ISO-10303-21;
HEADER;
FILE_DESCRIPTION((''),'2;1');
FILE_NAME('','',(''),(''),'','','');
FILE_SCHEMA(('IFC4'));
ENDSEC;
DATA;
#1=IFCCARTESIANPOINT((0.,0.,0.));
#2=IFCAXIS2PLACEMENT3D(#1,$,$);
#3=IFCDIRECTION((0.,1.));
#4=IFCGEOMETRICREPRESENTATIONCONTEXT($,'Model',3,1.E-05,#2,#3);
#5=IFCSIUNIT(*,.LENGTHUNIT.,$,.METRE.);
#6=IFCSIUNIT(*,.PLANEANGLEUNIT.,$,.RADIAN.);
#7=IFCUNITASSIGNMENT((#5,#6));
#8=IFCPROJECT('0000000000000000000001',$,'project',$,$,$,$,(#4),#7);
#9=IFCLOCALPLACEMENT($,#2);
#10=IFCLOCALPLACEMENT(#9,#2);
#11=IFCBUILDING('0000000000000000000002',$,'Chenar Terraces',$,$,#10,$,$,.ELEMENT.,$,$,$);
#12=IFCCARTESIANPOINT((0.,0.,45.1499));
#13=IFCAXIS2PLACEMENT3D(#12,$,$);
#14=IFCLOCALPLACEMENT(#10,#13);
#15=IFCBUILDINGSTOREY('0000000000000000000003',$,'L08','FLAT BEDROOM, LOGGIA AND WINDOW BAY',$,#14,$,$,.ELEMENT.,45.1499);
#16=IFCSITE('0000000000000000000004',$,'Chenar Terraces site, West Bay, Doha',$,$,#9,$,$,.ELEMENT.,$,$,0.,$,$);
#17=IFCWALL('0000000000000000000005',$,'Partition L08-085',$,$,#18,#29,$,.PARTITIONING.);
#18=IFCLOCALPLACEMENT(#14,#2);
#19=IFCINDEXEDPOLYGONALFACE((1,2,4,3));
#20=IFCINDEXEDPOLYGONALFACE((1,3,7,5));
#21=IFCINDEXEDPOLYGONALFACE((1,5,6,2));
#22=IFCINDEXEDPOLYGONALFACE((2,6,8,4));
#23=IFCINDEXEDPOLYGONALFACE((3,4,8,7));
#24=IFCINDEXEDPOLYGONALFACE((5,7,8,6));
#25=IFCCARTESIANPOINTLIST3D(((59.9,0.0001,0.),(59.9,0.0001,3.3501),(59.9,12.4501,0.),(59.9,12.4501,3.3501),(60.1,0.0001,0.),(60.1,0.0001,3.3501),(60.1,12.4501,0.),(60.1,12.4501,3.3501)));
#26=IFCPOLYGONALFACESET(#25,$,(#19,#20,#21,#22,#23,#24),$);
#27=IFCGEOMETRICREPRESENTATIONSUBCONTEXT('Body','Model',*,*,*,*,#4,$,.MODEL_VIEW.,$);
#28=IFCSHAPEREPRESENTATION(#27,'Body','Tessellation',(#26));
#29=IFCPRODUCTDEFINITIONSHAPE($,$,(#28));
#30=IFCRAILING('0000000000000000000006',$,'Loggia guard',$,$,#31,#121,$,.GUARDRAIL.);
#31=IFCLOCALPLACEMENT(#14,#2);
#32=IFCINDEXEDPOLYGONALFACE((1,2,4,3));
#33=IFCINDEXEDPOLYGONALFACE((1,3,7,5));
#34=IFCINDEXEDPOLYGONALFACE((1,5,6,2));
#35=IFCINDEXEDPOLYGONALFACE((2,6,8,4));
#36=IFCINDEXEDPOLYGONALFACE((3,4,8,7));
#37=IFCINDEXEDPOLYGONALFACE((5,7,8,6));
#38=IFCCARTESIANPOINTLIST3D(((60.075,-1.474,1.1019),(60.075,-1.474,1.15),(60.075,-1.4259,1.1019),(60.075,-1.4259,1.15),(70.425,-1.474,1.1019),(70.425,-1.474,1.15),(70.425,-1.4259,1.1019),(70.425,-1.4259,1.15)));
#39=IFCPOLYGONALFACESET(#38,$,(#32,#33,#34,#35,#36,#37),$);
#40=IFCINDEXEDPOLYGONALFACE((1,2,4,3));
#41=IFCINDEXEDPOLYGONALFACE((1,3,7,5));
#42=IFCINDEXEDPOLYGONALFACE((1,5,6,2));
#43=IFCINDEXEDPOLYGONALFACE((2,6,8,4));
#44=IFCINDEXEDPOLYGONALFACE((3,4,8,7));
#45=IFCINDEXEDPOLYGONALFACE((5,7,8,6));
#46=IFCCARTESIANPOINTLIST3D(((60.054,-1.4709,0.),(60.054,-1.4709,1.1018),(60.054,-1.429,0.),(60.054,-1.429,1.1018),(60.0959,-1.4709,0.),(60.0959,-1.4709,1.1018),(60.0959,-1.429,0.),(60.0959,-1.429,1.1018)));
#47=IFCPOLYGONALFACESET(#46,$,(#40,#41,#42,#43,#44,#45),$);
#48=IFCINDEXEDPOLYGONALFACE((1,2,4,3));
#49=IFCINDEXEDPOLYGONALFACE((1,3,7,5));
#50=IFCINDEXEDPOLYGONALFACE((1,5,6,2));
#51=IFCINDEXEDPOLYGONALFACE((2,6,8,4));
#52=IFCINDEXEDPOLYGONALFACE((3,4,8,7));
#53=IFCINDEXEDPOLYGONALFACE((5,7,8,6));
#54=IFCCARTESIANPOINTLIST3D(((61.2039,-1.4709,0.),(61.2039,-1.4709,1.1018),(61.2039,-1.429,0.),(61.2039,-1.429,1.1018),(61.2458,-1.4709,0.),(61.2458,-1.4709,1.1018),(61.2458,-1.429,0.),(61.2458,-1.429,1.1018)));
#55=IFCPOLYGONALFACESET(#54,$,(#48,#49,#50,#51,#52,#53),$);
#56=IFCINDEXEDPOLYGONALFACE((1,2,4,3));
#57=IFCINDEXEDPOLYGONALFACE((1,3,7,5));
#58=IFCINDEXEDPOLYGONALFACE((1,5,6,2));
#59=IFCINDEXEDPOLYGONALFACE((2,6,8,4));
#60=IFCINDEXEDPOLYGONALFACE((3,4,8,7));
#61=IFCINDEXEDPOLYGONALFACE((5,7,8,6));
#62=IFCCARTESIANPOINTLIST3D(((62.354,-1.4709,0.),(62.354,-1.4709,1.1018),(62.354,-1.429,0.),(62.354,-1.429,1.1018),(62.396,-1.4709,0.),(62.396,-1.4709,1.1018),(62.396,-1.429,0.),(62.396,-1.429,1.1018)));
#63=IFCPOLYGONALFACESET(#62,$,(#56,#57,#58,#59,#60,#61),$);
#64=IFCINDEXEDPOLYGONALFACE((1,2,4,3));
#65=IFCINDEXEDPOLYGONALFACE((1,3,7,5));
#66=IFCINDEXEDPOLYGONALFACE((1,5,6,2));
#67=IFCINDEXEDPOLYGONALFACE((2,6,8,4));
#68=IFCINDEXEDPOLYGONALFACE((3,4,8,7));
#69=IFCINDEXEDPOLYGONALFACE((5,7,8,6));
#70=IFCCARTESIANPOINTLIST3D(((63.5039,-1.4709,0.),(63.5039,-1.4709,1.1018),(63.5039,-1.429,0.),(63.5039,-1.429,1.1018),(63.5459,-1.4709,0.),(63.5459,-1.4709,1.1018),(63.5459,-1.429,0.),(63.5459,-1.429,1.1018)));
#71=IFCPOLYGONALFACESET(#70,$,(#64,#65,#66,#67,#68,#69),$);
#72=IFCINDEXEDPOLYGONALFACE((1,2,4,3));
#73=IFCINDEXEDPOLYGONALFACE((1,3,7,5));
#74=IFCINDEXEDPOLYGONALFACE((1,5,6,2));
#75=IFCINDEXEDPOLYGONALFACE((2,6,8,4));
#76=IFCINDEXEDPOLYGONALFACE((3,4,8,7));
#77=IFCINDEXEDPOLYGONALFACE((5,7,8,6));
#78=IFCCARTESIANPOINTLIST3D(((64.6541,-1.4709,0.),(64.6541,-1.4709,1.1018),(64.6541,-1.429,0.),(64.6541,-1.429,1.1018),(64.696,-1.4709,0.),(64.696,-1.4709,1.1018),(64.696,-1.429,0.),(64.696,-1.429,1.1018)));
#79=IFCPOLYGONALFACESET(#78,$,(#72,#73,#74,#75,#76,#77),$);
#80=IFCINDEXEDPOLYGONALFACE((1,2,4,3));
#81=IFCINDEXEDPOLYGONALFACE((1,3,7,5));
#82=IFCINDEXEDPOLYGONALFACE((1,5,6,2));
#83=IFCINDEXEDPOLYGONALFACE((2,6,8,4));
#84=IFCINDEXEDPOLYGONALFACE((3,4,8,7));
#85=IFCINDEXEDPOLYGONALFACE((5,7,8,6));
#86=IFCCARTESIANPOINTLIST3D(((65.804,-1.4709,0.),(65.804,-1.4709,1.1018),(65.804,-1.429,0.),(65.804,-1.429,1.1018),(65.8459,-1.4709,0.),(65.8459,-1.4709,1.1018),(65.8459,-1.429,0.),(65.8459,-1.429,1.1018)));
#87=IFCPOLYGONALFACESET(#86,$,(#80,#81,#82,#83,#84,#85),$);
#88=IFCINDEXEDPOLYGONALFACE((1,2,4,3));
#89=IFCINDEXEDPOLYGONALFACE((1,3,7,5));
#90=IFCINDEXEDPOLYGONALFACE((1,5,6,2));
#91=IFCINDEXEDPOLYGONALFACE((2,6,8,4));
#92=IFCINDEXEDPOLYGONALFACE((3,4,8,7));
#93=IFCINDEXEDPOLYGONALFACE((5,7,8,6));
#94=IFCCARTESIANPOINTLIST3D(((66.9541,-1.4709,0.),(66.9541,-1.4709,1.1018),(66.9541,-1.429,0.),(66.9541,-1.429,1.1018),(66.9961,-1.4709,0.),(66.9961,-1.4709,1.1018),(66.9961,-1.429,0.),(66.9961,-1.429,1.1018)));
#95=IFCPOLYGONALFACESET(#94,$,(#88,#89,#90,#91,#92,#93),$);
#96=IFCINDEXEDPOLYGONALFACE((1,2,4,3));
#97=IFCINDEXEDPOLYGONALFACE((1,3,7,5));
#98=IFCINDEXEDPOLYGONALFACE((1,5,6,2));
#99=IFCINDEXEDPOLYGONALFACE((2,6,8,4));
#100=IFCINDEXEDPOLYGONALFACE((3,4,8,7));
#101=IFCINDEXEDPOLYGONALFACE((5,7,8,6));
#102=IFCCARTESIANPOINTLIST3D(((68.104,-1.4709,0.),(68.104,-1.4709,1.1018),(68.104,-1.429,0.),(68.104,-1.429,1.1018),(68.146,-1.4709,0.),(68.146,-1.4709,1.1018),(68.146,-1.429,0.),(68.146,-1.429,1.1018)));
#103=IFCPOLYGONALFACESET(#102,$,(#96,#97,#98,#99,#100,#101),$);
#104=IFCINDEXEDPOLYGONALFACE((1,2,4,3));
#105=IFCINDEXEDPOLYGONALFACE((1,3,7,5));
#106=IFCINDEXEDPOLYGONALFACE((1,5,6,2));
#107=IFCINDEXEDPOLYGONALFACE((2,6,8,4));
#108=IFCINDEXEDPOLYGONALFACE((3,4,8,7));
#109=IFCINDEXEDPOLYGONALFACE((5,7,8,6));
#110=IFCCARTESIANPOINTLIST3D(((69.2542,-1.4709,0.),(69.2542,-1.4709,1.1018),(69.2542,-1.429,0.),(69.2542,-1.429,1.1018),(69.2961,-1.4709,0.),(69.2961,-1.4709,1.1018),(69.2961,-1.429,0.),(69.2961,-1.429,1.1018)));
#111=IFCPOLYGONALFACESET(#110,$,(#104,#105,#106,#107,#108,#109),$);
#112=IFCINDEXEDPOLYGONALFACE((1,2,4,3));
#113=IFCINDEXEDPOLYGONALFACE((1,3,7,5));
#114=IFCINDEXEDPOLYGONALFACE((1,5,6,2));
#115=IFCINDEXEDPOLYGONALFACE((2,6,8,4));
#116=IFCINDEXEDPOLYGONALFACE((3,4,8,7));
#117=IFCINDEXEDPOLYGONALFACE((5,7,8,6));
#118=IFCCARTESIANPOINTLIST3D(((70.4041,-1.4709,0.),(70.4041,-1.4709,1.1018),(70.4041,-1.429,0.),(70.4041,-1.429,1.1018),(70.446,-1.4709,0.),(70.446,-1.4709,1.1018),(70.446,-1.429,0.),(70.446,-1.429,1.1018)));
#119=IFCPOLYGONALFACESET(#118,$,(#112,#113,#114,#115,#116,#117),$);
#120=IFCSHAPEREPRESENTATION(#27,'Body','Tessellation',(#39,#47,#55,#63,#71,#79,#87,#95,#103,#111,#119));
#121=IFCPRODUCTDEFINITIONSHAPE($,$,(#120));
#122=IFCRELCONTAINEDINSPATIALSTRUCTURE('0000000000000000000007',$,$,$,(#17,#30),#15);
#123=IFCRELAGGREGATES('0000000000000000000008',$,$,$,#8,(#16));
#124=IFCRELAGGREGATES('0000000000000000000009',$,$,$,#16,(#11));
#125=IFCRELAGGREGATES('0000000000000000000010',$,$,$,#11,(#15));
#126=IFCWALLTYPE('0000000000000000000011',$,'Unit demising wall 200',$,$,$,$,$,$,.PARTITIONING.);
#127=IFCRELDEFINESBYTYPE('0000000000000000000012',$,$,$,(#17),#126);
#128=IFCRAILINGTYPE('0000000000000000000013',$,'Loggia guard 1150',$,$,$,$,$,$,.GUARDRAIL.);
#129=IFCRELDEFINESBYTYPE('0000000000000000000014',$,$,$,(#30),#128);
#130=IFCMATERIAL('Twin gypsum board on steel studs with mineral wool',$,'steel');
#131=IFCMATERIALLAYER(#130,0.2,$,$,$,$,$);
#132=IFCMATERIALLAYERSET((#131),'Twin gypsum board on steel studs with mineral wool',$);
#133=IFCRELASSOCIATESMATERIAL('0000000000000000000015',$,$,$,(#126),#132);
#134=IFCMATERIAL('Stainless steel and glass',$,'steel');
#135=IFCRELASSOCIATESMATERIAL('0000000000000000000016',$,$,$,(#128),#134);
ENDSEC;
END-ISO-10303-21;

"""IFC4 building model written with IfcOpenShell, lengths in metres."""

from ifc_helpers import new_model, si_unit, direction, frame, frame_2d, origin, origin_2d, place, context, subcontext, project, spatial, rectangle, extrude, material, layer, layer_set, type_object, element, save


model = new_model("IFC4")

# Units and contexts
model_context = context("Model", 3, precision=1e-05, world=origin(), true_north=direction((0.0, 1.0)))
body_context = subcontext(model_context, "Body", "Model", "MODEL_VIEW")
ifc_project = project(units=[si_unit("LENGTHUNIT", "METRE"), si_unit("PLANEANGLEUNIT", "RADIAN")], contexts=[model_context])

# Site, building, storey
site_placement = place(None, origin())
site = spatial("IfcSite", under=ifc_project, at=site_placement, Name="Chenar Terraces site, West Bay, Doha", CompositionType="ELEMENT", RefElevation=0.0)
building_placement = place(site_placement, origin())
building = spatial("IfcBuilding", under=site, at=building_placement, Name="Chenar Terraces", CompositionType="ELEMENT")
storey_placement = place(building_placement, frame((0.0, 0.0, 45.1499)))
storey = spatial("IfcBuildingStorey", under=building, at=storey_placement, Name="L08", Description="FLAT BEDROOM, LOGGIA AND WINDOW BAY", CompositionType="ELEMENT", Elevation=45.1499)

# Wall
ifc_material_1 = material(Name="Twin gypsum board on steel studs with mineral wool", Category="steel")
ifc_layer_1 = layer(ifc_material_1, 0.2)
ifc_layer_set_1 = layer_set([ifc_layer_1], Name="Twin gypsum board on steel studs with mineral wool")
wall_type_1 = type_object("IfcWallType", Name="Unit demising wall 200", PredefinedType="PARTITIONING", material=ifc_layer_set_1)
for number, where, z_axis, x_axis, name in (
    (1, (60.0, 0.0, 0.0), (0.0, 0.0, 1.0), (0.0, 1.0, 0.0), "Partition L08-085"),
):
    element("IfcWall", number, at=place(storey_placement, frame(where, z_axis=z_axis, x_axis=x_axis)), inside=storey, type_object=wall_type_1, Name=name, PredefinedType="PARTITIONING", context=body_context, shape_type="SweptSolid", body=[
        extrude(rectangle(XDim=12.45, YDim=0.2, at=frame_2d((6.2251, 0.0))), origin(), (0.0, 0.0, 1.0), 3.3501),
    ])

# Railing
ifc_material_2 = material(Name="Stainless steel and glass", Category="steel")
railing_type = type_object("IfcRailingType", Name="Loggia guard 1150", PredefinedType="GUARDRAIL", material=ifc_material_2)
railing_placement = place(storey_placement, frame((60.075, -1.45, 0.0)))
element("IfcRailing", 2, at=railing_placement, inside=storey, type_object=railing_type, Name="Loggia guard", PredefinedType="GUARDRAIL", context=body_context, shape_type="SweptSolid", body=[
    extrude(rectangle(XDim=0.0481, YDim=0.0481, at=origin_2d()), frame((0.0, 0.0, 1.126), z_axis=(1.0, 0.0, 0.0), x_axis=(0.0, 1.0, 0.0)), (0.0, 0.0, 1.0), 10.3501),
    extrude(rectangle(XDim=0.042, YDim=0.042, at=origin_2d()), origin(), (0.0, 0.0, 1.0), 1.1018),
    extrude(rectangle(XDim=0.042, YDim=0.042, at=origin_2d()), frame((1.1499, 0.0, 0.0)), (0.0, 0.0, 1.0), 1.1018),
    extrude(rectangle(XDim=0.042, YDim=0.042, at=origin_2d()), frame((2.3, 0.0, 0.0)), (0.0, 0.0, 1.0), 1.1018),
    extrude(rectangle(XDim=0.042, YDim=0.042, at=origin_2d()), frame((3.45, 0.0, 0.0)), (0.0, 0.0, 1.0), 1.1018),
    extrude(rectangle(XDim=0.042, YDim=0.042, at=origin_2d()), frame((4.6001, 0.0, 0.0)), (0.0, 0.0, 1.0), 1.1018),
    extrude(rectangle(XDim=0.042, YDim=0.042, at=origin_2d()), frame((5.75, 0.0, 0.0)), (0.0, 0.0, 1.0), 1.1018),
    extrude(rectangle(XDim=0.042, YDim=0.042, at=origin_2d()), frame((6.9001, 0.0, 0.0)), (0.0, 0.0, 1.0), 1.1018),
    extrude(rectangle(XDim=0.042, YDim=0.042, at=origin_2d()), frame((8.05, 0.0, 0.0)), (0.0, 0.0, 1.0), 1.1018),
    extrude(rectangle(XDim=0.042, YDim=0.042, at=origin_2d()), frame((9.2002, 0.0, 0.0)), (0.0, 0.0, 1.0), 1.1018),
    extrude(rectangle(XDim=0.042, YDim=0.042, at=origin_2d()), frame((10.3501, 0.0, 0.0)), (0.0, 0.0, 1.0), 1.1018),
])

save(model, "model.ifc")
